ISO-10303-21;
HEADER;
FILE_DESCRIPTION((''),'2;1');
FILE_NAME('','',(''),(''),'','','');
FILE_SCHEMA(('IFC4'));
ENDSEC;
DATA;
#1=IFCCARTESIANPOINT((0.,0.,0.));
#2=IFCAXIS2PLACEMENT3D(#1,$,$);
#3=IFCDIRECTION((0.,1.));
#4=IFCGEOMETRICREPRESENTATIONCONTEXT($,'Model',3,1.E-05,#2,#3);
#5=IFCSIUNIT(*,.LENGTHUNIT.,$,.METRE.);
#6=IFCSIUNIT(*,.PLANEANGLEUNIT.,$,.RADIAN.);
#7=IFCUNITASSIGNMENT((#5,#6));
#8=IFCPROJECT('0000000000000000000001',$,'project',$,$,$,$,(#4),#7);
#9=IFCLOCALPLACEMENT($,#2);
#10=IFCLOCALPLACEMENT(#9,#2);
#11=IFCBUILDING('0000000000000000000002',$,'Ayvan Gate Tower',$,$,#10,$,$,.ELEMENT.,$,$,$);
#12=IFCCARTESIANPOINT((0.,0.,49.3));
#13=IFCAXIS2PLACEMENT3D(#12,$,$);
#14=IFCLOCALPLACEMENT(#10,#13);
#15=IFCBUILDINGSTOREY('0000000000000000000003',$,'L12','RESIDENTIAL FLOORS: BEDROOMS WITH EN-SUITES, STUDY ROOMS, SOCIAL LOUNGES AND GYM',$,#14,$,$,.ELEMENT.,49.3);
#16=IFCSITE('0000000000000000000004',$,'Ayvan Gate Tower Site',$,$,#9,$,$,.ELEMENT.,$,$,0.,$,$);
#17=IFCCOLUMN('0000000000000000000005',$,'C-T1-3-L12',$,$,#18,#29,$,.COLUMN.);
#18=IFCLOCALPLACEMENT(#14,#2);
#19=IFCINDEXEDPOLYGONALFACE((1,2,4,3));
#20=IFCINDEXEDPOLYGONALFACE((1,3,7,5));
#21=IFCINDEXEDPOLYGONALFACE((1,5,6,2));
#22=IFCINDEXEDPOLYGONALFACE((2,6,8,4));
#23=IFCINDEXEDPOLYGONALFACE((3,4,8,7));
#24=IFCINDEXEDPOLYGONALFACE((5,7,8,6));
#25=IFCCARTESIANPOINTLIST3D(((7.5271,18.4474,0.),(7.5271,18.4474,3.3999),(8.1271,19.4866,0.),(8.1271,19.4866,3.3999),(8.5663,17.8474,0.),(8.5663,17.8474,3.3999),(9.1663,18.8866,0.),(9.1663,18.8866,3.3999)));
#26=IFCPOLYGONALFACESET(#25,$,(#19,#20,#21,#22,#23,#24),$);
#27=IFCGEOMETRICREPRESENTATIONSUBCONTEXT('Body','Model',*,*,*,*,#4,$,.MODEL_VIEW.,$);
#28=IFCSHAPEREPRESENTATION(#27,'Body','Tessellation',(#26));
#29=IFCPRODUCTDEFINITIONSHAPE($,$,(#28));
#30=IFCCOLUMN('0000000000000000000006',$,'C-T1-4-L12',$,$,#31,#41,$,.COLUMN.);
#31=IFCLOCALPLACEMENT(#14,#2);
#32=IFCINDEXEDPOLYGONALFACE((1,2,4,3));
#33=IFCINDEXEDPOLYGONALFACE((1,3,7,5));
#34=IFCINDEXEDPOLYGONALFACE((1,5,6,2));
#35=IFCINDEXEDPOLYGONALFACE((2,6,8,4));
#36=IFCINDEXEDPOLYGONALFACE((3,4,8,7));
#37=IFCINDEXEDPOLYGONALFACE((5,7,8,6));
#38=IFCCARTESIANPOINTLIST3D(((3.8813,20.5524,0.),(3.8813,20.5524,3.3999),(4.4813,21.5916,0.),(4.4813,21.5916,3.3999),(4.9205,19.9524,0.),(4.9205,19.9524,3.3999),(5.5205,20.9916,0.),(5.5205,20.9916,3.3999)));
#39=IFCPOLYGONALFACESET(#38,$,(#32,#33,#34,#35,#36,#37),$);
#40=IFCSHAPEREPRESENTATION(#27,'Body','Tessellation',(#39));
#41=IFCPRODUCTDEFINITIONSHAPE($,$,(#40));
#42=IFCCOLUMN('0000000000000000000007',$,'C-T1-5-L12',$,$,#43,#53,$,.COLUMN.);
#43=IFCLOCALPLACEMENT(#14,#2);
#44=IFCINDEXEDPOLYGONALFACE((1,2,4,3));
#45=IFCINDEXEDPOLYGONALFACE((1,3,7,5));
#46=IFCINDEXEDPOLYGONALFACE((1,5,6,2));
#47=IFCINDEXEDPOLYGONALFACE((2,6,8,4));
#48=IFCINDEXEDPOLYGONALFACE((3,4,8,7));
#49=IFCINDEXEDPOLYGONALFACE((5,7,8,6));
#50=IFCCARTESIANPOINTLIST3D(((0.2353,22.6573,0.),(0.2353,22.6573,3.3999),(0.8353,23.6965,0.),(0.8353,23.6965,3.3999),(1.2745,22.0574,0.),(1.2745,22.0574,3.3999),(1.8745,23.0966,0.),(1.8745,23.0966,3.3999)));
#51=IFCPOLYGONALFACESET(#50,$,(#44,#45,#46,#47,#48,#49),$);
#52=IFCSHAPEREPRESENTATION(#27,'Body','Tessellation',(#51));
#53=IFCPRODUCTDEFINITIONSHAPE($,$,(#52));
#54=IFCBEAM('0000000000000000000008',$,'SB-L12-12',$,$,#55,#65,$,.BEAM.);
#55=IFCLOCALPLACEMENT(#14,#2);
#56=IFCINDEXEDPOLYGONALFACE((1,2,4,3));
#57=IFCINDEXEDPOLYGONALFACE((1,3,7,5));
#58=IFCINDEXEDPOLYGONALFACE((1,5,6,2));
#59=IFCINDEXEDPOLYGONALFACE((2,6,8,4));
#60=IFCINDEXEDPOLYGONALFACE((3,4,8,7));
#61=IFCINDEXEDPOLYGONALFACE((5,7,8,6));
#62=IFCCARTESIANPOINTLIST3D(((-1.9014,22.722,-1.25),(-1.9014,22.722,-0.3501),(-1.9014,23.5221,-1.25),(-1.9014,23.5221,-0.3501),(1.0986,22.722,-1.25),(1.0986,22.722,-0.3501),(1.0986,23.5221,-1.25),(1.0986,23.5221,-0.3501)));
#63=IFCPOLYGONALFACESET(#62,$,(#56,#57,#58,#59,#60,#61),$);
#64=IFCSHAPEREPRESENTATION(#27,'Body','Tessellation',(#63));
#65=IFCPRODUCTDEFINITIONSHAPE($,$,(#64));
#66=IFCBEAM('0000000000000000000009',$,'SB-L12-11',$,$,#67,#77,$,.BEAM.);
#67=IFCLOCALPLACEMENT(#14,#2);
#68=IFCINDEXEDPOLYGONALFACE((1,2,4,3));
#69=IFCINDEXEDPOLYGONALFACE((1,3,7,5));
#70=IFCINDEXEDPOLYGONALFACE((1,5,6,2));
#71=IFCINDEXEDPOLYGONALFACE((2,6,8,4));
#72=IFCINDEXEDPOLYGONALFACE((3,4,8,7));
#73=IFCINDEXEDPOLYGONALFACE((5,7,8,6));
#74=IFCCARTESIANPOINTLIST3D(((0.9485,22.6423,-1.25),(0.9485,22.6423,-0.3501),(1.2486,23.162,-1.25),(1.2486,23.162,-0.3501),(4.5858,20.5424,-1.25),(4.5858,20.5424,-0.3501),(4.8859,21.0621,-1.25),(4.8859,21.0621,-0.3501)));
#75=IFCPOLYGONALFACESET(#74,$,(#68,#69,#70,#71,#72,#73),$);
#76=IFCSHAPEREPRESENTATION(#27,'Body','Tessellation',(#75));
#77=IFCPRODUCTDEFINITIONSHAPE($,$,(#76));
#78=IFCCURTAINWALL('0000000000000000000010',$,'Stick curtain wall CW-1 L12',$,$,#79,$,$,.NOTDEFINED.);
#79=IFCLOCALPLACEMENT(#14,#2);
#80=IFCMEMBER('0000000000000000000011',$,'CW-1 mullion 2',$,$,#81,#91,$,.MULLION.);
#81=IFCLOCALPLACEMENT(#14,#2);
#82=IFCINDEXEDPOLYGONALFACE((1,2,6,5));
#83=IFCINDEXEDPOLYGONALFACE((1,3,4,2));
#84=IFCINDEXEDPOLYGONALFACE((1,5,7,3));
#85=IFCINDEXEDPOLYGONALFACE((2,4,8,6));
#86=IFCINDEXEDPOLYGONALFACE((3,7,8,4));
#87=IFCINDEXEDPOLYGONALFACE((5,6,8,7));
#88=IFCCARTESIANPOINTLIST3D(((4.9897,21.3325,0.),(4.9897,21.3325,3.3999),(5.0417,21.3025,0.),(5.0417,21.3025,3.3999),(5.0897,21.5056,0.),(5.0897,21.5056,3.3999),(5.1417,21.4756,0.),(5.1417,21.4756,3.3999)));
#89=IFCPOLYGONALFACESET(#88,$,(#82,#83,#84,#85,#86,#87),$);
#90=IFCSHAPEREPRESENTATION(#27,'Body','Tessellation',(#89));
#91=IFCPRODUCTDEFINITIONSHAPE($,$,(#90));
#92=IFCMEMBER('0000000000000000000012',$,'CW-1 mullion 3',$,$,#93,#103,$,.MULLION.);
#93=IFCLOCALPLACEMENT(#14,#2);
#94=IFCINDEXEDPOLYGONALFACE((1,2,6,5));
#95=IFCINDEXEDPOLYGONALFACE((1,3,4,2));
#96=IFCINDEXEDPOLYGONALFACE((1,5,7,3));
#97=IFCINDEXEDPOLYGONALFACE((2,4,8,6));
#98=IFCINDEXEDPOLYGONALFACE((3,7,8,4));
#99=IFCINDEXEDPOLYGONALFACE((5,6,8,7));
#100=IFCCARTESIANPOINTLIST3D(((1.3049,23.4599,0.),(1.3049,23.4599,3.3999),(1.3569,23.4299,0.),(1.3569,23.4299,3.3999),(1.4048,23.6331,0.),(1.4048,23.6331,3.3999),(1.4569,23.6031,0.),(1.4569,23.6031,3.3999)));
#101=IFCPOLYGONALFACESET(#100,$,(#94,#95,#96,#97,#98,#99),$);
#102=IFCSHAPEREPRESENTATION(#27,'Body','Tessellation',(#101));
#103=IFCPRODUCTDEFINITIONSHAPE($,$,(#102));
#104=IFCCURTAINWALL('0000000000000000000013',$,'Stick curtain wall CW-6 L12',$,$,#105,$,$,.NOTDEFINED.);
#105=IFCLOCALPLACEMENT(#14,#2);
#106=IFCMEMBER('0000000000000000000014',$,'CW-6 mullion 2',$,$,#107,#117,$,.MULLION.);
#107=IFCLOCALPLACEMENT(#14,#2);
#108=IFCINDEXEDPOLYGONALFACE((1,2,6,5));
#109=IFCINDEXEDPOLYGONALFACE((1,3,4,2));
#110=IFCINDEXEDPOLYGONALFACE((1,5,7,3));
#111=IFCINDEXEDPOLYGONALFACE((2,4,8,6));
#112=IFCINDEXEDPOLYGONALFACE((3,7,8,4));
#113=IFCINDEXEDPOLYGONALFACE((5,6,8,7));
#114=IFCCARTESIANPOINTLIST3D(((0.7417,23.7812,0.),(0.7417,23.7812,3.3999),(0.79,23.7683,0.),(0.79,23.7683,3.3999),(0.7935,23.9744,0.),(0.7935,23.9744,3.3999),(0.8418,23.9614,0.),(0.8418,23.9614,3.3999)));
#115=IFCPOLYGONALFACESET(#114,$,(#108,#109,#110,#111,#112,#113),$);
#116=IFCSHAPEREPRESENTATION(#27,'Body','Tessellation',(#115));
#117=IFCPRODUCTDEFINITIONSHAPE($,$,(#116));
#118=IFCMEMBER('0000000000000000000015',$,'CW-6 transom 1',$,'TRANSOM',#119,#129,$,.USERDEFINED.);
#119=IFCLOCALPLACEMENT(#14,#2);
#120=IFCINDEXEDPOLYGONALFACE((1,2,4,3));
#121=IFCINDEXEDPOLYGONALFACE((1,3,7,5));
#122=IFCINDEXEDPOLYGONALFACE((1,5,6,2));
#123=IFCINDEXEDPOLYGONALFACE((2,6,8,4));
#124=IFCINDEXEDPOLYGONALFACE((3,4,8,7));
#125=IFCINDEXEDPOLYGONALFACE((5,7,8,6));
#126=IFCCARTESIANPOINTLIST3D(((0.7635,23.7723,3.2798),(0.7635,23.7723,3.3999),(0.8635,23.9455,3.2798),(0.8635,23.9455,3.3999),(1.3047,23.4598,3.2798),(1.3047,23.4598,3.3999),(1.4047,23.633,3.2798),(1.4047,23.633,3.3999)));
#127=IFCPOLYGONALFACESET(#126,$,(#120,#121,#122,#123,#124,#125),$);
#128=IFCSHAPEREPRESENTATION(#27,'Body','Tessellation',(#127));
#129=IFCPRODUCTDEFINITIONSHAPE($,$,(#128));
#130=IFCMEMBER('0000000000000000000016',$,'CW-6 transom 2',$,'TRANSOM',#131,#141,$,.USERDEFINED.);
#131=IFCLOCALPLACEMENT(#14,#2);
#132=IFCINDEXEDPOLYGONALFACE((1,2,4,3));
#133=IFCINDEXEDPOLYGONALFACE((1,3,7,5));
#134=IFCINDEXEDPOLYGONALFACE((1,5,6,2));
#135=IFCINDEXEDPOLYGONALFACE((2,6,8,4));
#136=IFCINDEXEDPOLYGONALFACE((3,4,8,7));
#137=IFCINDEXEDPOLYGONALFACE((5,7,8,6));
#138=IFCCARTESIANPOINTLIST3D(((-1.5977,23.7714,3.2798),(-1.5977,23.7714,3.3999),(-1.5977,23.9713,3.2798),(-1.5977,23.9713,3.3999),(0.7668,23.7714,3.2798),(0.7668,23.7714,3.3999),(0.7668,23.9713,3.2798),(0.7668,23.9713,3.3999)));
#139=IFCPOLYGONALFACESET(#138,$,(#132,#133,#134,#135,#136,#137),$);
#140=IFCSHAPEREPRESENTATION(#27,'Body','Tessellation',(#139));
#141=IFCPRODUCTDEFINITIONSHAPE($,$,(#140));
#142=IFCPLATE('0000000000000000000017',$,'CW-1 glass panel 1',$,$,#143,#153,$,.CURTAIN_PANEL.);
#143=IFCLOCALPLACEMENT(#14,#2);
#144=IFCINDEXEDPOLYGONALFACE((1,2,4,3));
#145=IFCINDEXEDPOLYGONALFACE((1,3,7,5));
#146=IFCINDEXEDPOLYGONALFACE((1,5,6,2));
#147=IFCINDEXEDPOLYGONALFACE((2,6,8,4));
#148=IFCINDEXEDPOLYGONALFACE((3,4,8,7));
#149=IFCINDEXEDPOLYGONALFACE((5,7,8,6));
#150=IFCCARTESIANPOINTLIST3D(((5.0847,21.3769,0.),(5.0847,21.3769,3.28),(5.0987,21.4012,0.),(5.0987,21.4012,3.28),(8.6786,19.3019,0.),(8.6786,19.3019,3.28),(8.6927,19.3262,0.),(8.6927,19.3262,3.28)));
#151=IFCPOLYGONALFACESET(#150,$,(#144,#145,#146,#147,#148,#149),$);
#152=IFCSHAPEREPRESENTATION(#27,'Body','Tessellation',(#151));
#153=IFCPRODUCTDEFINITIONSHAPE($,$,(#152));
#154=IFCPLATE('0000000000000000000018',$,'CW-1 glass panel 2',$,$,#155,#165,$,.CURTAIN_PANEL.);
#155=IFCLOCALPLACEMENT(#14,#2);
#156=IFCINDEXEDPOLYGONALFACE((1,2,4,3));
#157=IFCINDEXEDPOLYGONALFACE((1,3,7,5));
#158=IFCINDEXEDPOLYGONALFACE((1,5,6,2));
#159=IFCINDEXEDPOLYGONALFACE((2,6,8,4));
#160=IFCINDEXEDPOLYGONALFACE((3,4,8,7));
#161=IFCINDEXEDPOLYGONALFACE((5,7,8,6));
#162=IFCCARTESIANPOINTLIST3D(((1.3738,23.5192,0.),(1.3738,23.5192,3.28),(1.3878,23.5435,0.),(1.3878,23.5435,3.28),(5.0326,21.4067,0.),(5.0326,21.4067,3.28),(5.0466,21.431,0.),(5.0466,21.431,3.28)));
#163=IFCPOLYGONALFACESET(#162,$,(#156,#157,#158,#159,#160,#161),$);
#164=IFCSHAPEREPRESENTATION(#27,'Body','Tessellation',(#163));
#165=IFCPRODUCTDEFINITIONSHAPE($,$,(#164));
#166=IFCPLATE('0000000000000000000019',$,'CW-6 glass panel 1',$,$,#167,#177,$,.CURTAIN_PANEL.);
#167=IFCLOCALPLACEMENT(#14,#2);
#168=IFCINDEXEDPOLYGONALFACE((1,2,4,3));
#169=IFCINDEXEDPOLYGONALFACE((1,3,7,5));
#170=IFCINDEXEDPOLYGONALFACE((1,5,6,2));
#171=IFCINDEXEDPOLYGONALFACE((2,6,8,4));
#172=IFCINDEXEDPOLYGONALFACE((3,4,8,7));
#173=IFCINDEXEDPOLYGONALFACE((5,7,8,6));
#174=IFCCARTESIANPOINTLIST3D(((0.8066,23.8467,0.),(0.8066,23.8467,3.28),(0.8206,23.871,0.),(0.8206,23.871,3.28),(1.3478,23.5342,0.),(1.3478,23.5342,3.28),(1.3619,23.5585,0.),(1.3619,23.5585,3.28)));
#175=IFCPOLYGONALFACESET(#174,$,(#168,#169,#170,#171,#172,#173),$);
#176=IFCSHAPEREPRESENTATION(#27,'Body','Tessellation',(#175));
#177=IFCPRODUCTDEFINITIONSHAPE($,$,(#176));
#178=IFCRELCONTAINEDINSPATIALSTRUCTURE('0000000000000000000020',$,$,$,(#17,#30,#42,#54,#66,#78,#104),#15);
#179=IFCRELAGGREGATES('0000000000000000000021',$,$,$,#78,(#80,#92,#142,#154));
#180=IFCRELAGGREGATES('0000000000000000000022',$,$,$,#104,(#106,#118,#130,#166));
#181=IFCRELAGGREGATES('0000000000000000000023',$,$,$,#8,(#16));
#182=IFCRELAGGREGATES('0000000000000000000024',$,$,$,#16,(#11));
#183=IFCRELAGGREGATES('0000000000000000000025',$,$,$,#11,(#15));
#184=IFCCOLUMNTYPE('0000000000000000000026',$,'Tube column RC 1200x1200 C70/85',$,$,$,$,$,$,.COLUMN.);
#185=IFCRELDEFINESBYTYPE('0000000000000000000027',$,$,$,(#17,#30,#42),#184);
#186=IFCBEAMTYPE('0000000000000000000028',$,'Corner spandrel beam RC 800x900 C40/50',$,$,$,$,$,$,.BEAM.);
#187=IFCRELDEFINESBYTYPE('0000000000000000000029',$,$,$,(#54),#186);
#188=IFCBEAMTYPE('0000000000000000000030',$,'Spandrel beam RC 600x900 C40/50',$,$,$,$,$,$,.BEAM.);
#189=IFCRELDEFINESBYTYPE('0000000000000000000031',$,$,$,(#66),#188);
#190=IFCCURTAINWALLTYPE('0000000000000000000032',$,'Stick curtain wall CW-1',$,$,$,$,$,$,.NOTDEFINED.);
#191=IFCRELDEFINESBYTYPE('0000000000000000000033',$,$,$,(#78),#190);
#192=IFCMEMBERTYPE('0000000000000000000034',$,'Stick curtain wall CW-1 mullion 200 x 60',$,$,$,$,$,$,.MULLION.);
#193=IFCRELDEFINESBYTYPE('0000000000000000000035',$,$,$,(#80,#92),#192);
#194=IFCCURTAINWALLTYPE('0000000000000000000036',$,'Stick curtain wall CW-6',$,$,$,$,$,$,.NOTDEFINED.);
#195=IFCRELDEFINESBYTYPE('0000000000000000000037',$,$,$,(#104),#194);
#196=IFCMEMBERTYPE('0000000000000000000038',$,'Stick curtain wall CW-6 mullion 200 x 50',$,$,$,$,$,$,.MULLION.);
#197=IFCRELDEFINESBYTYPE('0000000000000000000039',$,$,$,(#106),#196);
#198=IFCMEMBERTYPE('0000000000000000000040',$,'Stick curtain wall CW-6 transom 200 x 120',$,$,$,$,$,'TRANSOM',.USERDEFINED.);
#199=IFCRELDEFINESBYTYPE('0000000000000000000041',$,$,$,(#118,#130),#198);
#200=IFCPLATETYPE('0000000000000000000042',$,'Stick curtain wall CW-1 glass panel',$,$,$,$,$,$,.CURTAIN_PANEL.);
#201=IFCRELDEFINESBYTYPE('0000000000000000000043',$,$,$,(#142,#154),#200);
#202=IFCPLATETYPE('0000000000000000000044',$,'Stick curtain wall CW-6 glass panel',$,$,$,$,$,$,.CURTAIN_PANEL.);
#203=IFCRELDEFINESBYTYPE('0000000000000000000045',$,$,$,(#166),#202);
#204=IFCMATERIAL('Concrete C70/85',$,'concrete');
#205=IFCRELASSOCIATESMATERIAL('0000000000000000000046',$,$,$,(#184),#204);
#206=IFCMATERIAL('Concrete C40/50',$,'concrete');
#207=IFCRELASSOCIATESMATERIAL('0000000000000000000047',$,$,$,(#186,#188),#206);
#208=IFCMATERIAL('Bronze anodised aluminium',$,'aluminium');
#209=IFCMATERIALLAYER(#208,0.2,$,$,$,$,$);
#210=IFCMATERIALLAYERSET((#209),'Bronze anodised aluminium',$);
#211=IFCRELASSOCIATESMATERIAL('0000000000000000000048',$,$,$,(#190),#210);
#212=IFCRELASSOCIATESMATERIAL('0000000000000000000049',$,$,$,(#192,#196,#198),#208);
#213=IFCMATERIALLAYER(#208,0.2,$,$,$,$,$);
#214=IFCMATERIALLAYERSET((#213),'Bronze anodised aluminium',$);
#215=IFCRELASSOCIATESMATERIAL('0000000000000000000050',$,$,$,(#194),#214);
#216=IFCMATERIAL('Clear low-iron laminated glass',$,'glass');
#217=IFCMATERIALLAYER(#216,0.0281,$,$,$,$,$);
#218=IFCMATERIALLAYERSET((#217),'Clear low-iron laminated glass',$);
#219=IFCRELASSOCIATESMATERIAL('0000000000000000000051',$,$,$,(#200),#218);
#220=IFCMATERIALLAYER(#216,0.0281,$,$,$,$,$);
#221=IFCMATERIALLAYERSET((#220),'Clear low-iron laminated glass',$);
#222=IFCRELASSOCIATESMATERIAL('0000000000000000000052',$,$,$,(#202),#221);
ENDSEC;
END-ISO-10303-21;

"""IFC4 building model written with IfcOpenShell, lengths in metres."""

from ifc_helpers import new_model, si_unit, direction, frame, origin, origin_2d, place, context, subcontext, project, spatial, rectangle, extrude, material, layer, layer_set, material_profile, profile_set, type_object, element, aggregate, save


model = new_model("IFC4")

# Units and contexts
model_context = context("Model", 3, precision=1e-05, world=origin(), true_north=direction((0.0, 1.0)))
body_context = subcontext(model_context, "Body", "Model", "MODEL_VIEW")
ifc_project = project(units=[si_unit("LENGTHUNIT", "METRE"), si_unit("PLANEANGLEUNIT", "RADIAN")], contexts=[model_context])

# Site, building, storey
site_placement = place(None, origin())
site = spatial("IfcSite", under=ifc_project, at=site_placement, Name="Ayvan Gate Tower Site", CompositionType="ELEMENT", RefElevation=0.0)
building_placement = place(site_placement, origin())
building = spatial("IfcBuilding", under=site, at=building_placement, Name="Ayvan Gate Tower", CompositionType="ELEMENT")
storey_placement = place(building_placement, frame((0.0, 0.0, 49.3)))
storey = spatial("IfcBuildingStorey", under=building, at=storey_placement, Name="L12", Description="RESIDENTIAL FLOORS: BEDROOMS WITH EN-SUITES, STUDY ROOMS, SOCIAL LOUNGES AND GYM", CompositionType="ELEMENT", Elevation=49.3)

# Columns
ifc_material_1 = material(Name="Concrete C70/85", Category="concrete")
ifc_material_profile_1 = material_profile(ifc_material_1, rectangle(XDim=1.2, YDim=1.2, at=origin_2d()), Name="RC 1200x1200")
ifc_profile_set_1 = profile_set([ifc_material_profile_1], Name="Concrete C70/85")
column_type = type_object("IfcColumnType", Name="Tube column RC 1200x1200 C70/85", PredefinedType="COLUMN", material=ifc_profile_set_1)
for number, where, z_axis, x_axis, name in (
    (1, (8.3467, 18.667, 0.0), (0.0, 0.0, 1.0), (0.5, 0.866025, 0.0), "C-T1-3-L12"),
    (2, (4.7009, 20.772, 0.0), (0.0, 0.0, 1.0), (0.5, 0.866025, 0.0), "C-T1-4-L12"),
    (3, (1.0549, 22.877, 0.0), (0.0, 0.0, 1.0), (0.5, 0.866025, 0.0), "C-T1-5-L12"),
):
    element("IfcColumn", number, at=place(storey_placement, frame(where, z_axis=z_axis, x_axis=x_axis)), inside=storey, type_object=column_type, Name=name, PredefinedType="COLUMN", context=body_context, shape_type="SweptSolid", body=[
        extrude(rectangle(XDim=1.2, YDim=1.2, at=origin_2d()), origin(), (0.0, 0.0, 1.0), 3.3999),
    ])

# Beams
ifc_material_2 = material(Name="Concrete C40/50", Category="concrete")
ifc_material_profile_2 = material_profile(ifc_material_2, rectangle(XDim=0.8, YDim=0.8999, at=origin_2d()), Name="RC 800x900")
ifc_profile_set_2 = profile_set([ifc_material_profile_2], Name="Concrete C40/50")
beam_type_1 = type_object("IfcBeamType", Name="Corner spandrel beam RC 800x900 C40/50", PredefinedType="BEAM", material=ifc_profile_set_2)
beam_1_placement = place(storey_placement, frame((1.0986, 23.1221, -0.8), z_axis=(-1.0, 0.0, 0.0), x_axis=(0.0, -1.0, 0.0)))
element("IfcBeam", 4, at=beam_1_placement, inside=storey, type_object=beam_type_1, Name="SB-L12-12", PredefinedType="BEAM", context=body_context, shape_type="SweptSolid", body=[
    extrude(rectangle(XDim=0.8, YDim=0.8999, at=origin_2d()), origin(), (0.0, 0.0, 1.0), 3.0),
])
ifc_material_profile_3 = material_profile(ifc_material_2, rectangle(XDim=0.6001, YDim=0.8999, at=origin_2d()), Name="RC 600x900")
ifc_profile_set_3 = profile_set([ifc_material_profile_3], Name="Concrete C40/50")
beam_type_2 = type_object("IfcBeamType", Name="Spandrel beam RC 600x900 C40/50", PredefinedType="BEAM", material=ifc_profile_set_3)
beam_2_placement = place(storey_placement, frame((4.7358, 20.8022, -0.8), z_axis=(-0.866035, 0.499984, 0.0), x_axis=(-0.499984, -0.866035, 0.0)))
element("IfcBeam", 5, at=beam_2_placement, inside=storey, type_object=beam_type_2, Name="SB-L12-11", PredefinedType="BEAM", context=body_context, shape_type="SweptSolid", body=[
    extrude(rectangle(XDim=0.6001, YDim=0.8999, at=origin_2d()), origin(), (0.0, 0.0, 1.0), 4.2),
])

# Curtain walls, members
ifc_material_3 = material(Name="Bronze anodised aluminium", Category="aluminium")
ifc_layer_1 = layer(ifc_material_3, 0.2)
ifc_layer_set_1 = layer_set([ifc_layer_1], Name="Bronze anodised aluminium")
curtain_wall_type_1 = type_object("IfcCurtainWallType", Name="Stick curtain wall CW-1", PredefinedType="NOTDEFINED", material=ifc_layer_set_1)
curtain_wall_1_placement = place(storey_placement, origin())
curtain_wall_1 = element("IfcCurtainWall", 6, at=curtain_wall_1_placement, inside=storey, type_object=curtain_wall_type_1, Name="Stick curtain wall CW-1 L12", PredefinedType="NOTDEFINED")
ifc_material_profile_4 = material_profile(ifc_material_3, rectangle(XDim=0.2, YDim=0.0601, at=origin_2d()), Name="Stick curtain wall CW-1 mullion 200 x 60")
ifc_profile_set_4 = profile_set([ifc_material_profile_4], Name="Bronze anodised aluminium")
member_type_1 = type_object("IfcMemberType", Name="Stick curtain wall CW-1 mullion 200 x 60", PredefinedType="MULLION", material=ifc_profile_set_4)
member_1_placement = place(storey_placement, frame((5.0657, 21.4041, 0.0), z_axis=(0.0, 0.0, 1.0), x_axis=(0.5, 0.866025, 0.0)))
member_1 = element("IfcMember", 7, at=member_1_placement, type_object=member_type_1, Name="CW-1 mullion 2", PredefinedType="MULLION", context=body_context, shape_type="SweptSolid", body=[
    extrude(rectangle(XDim=0.2, YDim=0.0601, at=origin_2d()), origin(), (0.0, 0.0, 1.0), 3.3999),
])
member_2_placement = place(storey_placement, frame((1.3809, 23.5315, 0.0), z_axis=(0.0, 0.0, 1.0), x_axis=(0.5, 0.866025, 0.0)))
member_2 = element("IfcMember", 8, at=member_2_placement, type_object=member_type_1, Name="CW-1 mullion 3", PredefinedType="MULLION", context=body_context, shape_type="SweptSolid", body=[
    extrude(rectangle(XDim=0.2, YDim=0.0601, at=origin_2d()), origin(), (0.0, 0.0, 1.0), 3.3999),
])
ifc_layer_2 = layer(ifc_material_3, 0.2)
ifc_layer_set_2 = layer_set([ifc_layer_2], Name="Bronze anodised aluminium")
curtain_wall_type_2 = type_object("IfcCurtainWallType", Name="Stick curtain wall CW-6", PredefinedType="NOTDEFINED", material=ifc_layer_set_2)
curtain_wall_2_placement = place(storey_placement, origin())
curtain_wall_2 = element("IfcCurtainWall", 9, at=curtain_wall_2_placement, inside=storey, type_object=curtain_wall_type_2, Name="Stick curtain wall CW-6 L12", PredefinedType="NOTDEFINED")
ifc_material_profile_5 = material_profile(ifc_material_3, rectangle(XDim=0.2, YDim=0.05, at=origin_2d()), Name="Stick curtain wall CW-6 mullion 200 x 50")
ifc_profile_set_5 = profile_set([ifc_material_profile_5], Name="Bronze anodised aluminium")
member_type_2 = type_object("IfcMemberType", Name="Stick curtain wall CW-6 mullion 200 x 50", PredefinedType="MULLION", material=ifc_profile_set_5)
member_3_placement = place(storey_placement, frame((0.7917, 23.8713, 0.0), z_axis=(0.0, 0.0, 1.0), x_axis=(0.258819, 0.965926, 0.0)))
member_3 = element("IfcMember", 10, at=member_3_placement, type_object=member_type_2, Name="CW-6 mullion 2", PredefinedType="MULLION", context=body_context, shape_type="SweptSolid", body=[
    extrude(rectangle(XDim=0.2, YDim=0.05, at=origin_2d()), origin(), (0.0, 0.0, 1.0), 3.3999),
])
ifc_material_profile_6 = material_profile(ifc_material_3, rectangle(XDim=0.2, YDim=0.1201, at=origin_2d()), Name="Stick curtain wall CW-6 transom 200 x 120")
ifc_profile_set_6 = profile_set([ifc_material_profile_6], Name="Bronze anodised aluminium")
member_type_3 = type_object("IfcMemberType", Name="Stick curtain wall CW-6 transom 200 x 120", ElementType="TRANSOM", PredefinedType="USERDEFINED", material=ifc_profile_set_6)
member_4_placement = place(storey_placement, frame((1.3547, 23.5464, 3.3398), z_axis=(-0.866023, 0.500004, 0.0), x_axis=(-0.500004, -0.866023, 0.0)))
member_4 = element("IfcMember", 11, at=member_4_placement, type_object=member_type_3, Name="CW-6 transom 1", ObjectType="TRANSOM", PredefinedType="USERDEFINED", context=body_context, shape_type="SweptSolid", body=[
    extrude(rectangle(XDim=0.2, YDim=0.1201, at=origin_2d()), origin(), (0.0, 0.0, 1.0), 0.625),
])
member_5_placement = place(storey_placement, frame((0.7668, 23.8713, 3.3398), z_axis=(-1.0, 0.0, 0.0), x_axis=(0.0, -1.0, 0.0)))
member_5 = element("IfcMember", 12, at=member_5_placement, type_object=member_type_3, Name="CW-6 transom 2", ObjectType="TRANSOM", PredefinedType="USERDEFINED", context=body_context, shape_type="SweptSolid", body=[
    extrude(rectangle(XDim=0.2, YDim=0.1201, at=origin_2d()), origin(), (0.0, 0.0, 1.0), 2.3645),
])

# Plates
ifc_material_4 = material(Name="Clear low-iron laminated glass", Category="glass")
ifc_layer_3 = layer(ifc_material_4, 0.0281)
ifc_layer_set_3 = layer_set([ifc_layer_3], Name="Clear low-iron laminated glass")
plate_type_1 = type_object("IfcPlateType", Name="Stick curtain wall CW-1 glass panel", PredefinedType="CURTAIN_PANEL", material=ifc_layer_set_3)
plate_1_placement = place(storey_placement, frame((6.8887, 20.3516, 0.0), z_axis=(0.0, 0.0, 1.0), x_axis=(-0.866025, 0.5, 0.0)))
plate_1 = element("IfcPlate", 13, at=plate_1_placement, type_object=plate_type_1, Name="CW-1 glass panel 1", PredefinedType="CURTAIN_PANEL", context=body_context, shape_type="SweptSolid", body=[
    extrude(rectangle(XDim=4.1499, YDim=0.0281, at=origin_2d()), origin(), (0.0, 0.0, 1.0), 3.28),
])
plate_2_placement = place(storey_placement, frame((3.2102, 22.4751, 0.0), z_axis=(0.0, 0.0, 1.0), x_axis=(-0.866025, 0.5, 0.0)))
plate_2 = element("IfcPlate", 14, at=plate_2_placement, type_object=plate_type_1, Name="CW-1 glass panel 2", PredefinedType="CURTAIN_PANEL", context=body_context, shape_type="SweptSolid", body=[
    extrude(rectangle(XDim=4.2249, YDim=0.0281, at=origin_2d()), origin(), (0.0, 0.0, 1.0), 3.28),
])
aggregate(curtain_wall_1, [member_1, member_2, plate_1, plate_2])
ifc_layer_4 = layer(ifc_material_4, 0.0281)
ifc_layer_set_4 = layer_set([ifc_layer_4], Name="Clear low-iron laminated glass")
plate_type_2 = type_object("IfcPlateType", Name="Stick curtain wall CW-6 glass panel", PredefinedType="CURTAIN_PANEL", material=ifc_layer_set_4)
plate_3_placement = place(storey_placement, frame((1.0842, 23.7026, 0.0), z_axis=(0.0, 0.0, 1.0), x_axis=(-0.866025, 0.5, 0.0)))
plate_3 = element("IfcPlate", 15, at=plate_3_placement, type_object=plate_type_2, Name="CW-6 glass panel 1", PredefinedType="CURTAIN_PANEL", context=body_context, shape_type="SweptSolid", body=[
    extrude(rectangle(XDim=0.625, YDim=0.0281, at=origin_2d()), origin(), (0.0, 0.0, 1.0), 3.28),
])
aggregate(curtain_wall_2, [member_3, member_4, member_5, plate_3])

save(model, "model.ifc")
